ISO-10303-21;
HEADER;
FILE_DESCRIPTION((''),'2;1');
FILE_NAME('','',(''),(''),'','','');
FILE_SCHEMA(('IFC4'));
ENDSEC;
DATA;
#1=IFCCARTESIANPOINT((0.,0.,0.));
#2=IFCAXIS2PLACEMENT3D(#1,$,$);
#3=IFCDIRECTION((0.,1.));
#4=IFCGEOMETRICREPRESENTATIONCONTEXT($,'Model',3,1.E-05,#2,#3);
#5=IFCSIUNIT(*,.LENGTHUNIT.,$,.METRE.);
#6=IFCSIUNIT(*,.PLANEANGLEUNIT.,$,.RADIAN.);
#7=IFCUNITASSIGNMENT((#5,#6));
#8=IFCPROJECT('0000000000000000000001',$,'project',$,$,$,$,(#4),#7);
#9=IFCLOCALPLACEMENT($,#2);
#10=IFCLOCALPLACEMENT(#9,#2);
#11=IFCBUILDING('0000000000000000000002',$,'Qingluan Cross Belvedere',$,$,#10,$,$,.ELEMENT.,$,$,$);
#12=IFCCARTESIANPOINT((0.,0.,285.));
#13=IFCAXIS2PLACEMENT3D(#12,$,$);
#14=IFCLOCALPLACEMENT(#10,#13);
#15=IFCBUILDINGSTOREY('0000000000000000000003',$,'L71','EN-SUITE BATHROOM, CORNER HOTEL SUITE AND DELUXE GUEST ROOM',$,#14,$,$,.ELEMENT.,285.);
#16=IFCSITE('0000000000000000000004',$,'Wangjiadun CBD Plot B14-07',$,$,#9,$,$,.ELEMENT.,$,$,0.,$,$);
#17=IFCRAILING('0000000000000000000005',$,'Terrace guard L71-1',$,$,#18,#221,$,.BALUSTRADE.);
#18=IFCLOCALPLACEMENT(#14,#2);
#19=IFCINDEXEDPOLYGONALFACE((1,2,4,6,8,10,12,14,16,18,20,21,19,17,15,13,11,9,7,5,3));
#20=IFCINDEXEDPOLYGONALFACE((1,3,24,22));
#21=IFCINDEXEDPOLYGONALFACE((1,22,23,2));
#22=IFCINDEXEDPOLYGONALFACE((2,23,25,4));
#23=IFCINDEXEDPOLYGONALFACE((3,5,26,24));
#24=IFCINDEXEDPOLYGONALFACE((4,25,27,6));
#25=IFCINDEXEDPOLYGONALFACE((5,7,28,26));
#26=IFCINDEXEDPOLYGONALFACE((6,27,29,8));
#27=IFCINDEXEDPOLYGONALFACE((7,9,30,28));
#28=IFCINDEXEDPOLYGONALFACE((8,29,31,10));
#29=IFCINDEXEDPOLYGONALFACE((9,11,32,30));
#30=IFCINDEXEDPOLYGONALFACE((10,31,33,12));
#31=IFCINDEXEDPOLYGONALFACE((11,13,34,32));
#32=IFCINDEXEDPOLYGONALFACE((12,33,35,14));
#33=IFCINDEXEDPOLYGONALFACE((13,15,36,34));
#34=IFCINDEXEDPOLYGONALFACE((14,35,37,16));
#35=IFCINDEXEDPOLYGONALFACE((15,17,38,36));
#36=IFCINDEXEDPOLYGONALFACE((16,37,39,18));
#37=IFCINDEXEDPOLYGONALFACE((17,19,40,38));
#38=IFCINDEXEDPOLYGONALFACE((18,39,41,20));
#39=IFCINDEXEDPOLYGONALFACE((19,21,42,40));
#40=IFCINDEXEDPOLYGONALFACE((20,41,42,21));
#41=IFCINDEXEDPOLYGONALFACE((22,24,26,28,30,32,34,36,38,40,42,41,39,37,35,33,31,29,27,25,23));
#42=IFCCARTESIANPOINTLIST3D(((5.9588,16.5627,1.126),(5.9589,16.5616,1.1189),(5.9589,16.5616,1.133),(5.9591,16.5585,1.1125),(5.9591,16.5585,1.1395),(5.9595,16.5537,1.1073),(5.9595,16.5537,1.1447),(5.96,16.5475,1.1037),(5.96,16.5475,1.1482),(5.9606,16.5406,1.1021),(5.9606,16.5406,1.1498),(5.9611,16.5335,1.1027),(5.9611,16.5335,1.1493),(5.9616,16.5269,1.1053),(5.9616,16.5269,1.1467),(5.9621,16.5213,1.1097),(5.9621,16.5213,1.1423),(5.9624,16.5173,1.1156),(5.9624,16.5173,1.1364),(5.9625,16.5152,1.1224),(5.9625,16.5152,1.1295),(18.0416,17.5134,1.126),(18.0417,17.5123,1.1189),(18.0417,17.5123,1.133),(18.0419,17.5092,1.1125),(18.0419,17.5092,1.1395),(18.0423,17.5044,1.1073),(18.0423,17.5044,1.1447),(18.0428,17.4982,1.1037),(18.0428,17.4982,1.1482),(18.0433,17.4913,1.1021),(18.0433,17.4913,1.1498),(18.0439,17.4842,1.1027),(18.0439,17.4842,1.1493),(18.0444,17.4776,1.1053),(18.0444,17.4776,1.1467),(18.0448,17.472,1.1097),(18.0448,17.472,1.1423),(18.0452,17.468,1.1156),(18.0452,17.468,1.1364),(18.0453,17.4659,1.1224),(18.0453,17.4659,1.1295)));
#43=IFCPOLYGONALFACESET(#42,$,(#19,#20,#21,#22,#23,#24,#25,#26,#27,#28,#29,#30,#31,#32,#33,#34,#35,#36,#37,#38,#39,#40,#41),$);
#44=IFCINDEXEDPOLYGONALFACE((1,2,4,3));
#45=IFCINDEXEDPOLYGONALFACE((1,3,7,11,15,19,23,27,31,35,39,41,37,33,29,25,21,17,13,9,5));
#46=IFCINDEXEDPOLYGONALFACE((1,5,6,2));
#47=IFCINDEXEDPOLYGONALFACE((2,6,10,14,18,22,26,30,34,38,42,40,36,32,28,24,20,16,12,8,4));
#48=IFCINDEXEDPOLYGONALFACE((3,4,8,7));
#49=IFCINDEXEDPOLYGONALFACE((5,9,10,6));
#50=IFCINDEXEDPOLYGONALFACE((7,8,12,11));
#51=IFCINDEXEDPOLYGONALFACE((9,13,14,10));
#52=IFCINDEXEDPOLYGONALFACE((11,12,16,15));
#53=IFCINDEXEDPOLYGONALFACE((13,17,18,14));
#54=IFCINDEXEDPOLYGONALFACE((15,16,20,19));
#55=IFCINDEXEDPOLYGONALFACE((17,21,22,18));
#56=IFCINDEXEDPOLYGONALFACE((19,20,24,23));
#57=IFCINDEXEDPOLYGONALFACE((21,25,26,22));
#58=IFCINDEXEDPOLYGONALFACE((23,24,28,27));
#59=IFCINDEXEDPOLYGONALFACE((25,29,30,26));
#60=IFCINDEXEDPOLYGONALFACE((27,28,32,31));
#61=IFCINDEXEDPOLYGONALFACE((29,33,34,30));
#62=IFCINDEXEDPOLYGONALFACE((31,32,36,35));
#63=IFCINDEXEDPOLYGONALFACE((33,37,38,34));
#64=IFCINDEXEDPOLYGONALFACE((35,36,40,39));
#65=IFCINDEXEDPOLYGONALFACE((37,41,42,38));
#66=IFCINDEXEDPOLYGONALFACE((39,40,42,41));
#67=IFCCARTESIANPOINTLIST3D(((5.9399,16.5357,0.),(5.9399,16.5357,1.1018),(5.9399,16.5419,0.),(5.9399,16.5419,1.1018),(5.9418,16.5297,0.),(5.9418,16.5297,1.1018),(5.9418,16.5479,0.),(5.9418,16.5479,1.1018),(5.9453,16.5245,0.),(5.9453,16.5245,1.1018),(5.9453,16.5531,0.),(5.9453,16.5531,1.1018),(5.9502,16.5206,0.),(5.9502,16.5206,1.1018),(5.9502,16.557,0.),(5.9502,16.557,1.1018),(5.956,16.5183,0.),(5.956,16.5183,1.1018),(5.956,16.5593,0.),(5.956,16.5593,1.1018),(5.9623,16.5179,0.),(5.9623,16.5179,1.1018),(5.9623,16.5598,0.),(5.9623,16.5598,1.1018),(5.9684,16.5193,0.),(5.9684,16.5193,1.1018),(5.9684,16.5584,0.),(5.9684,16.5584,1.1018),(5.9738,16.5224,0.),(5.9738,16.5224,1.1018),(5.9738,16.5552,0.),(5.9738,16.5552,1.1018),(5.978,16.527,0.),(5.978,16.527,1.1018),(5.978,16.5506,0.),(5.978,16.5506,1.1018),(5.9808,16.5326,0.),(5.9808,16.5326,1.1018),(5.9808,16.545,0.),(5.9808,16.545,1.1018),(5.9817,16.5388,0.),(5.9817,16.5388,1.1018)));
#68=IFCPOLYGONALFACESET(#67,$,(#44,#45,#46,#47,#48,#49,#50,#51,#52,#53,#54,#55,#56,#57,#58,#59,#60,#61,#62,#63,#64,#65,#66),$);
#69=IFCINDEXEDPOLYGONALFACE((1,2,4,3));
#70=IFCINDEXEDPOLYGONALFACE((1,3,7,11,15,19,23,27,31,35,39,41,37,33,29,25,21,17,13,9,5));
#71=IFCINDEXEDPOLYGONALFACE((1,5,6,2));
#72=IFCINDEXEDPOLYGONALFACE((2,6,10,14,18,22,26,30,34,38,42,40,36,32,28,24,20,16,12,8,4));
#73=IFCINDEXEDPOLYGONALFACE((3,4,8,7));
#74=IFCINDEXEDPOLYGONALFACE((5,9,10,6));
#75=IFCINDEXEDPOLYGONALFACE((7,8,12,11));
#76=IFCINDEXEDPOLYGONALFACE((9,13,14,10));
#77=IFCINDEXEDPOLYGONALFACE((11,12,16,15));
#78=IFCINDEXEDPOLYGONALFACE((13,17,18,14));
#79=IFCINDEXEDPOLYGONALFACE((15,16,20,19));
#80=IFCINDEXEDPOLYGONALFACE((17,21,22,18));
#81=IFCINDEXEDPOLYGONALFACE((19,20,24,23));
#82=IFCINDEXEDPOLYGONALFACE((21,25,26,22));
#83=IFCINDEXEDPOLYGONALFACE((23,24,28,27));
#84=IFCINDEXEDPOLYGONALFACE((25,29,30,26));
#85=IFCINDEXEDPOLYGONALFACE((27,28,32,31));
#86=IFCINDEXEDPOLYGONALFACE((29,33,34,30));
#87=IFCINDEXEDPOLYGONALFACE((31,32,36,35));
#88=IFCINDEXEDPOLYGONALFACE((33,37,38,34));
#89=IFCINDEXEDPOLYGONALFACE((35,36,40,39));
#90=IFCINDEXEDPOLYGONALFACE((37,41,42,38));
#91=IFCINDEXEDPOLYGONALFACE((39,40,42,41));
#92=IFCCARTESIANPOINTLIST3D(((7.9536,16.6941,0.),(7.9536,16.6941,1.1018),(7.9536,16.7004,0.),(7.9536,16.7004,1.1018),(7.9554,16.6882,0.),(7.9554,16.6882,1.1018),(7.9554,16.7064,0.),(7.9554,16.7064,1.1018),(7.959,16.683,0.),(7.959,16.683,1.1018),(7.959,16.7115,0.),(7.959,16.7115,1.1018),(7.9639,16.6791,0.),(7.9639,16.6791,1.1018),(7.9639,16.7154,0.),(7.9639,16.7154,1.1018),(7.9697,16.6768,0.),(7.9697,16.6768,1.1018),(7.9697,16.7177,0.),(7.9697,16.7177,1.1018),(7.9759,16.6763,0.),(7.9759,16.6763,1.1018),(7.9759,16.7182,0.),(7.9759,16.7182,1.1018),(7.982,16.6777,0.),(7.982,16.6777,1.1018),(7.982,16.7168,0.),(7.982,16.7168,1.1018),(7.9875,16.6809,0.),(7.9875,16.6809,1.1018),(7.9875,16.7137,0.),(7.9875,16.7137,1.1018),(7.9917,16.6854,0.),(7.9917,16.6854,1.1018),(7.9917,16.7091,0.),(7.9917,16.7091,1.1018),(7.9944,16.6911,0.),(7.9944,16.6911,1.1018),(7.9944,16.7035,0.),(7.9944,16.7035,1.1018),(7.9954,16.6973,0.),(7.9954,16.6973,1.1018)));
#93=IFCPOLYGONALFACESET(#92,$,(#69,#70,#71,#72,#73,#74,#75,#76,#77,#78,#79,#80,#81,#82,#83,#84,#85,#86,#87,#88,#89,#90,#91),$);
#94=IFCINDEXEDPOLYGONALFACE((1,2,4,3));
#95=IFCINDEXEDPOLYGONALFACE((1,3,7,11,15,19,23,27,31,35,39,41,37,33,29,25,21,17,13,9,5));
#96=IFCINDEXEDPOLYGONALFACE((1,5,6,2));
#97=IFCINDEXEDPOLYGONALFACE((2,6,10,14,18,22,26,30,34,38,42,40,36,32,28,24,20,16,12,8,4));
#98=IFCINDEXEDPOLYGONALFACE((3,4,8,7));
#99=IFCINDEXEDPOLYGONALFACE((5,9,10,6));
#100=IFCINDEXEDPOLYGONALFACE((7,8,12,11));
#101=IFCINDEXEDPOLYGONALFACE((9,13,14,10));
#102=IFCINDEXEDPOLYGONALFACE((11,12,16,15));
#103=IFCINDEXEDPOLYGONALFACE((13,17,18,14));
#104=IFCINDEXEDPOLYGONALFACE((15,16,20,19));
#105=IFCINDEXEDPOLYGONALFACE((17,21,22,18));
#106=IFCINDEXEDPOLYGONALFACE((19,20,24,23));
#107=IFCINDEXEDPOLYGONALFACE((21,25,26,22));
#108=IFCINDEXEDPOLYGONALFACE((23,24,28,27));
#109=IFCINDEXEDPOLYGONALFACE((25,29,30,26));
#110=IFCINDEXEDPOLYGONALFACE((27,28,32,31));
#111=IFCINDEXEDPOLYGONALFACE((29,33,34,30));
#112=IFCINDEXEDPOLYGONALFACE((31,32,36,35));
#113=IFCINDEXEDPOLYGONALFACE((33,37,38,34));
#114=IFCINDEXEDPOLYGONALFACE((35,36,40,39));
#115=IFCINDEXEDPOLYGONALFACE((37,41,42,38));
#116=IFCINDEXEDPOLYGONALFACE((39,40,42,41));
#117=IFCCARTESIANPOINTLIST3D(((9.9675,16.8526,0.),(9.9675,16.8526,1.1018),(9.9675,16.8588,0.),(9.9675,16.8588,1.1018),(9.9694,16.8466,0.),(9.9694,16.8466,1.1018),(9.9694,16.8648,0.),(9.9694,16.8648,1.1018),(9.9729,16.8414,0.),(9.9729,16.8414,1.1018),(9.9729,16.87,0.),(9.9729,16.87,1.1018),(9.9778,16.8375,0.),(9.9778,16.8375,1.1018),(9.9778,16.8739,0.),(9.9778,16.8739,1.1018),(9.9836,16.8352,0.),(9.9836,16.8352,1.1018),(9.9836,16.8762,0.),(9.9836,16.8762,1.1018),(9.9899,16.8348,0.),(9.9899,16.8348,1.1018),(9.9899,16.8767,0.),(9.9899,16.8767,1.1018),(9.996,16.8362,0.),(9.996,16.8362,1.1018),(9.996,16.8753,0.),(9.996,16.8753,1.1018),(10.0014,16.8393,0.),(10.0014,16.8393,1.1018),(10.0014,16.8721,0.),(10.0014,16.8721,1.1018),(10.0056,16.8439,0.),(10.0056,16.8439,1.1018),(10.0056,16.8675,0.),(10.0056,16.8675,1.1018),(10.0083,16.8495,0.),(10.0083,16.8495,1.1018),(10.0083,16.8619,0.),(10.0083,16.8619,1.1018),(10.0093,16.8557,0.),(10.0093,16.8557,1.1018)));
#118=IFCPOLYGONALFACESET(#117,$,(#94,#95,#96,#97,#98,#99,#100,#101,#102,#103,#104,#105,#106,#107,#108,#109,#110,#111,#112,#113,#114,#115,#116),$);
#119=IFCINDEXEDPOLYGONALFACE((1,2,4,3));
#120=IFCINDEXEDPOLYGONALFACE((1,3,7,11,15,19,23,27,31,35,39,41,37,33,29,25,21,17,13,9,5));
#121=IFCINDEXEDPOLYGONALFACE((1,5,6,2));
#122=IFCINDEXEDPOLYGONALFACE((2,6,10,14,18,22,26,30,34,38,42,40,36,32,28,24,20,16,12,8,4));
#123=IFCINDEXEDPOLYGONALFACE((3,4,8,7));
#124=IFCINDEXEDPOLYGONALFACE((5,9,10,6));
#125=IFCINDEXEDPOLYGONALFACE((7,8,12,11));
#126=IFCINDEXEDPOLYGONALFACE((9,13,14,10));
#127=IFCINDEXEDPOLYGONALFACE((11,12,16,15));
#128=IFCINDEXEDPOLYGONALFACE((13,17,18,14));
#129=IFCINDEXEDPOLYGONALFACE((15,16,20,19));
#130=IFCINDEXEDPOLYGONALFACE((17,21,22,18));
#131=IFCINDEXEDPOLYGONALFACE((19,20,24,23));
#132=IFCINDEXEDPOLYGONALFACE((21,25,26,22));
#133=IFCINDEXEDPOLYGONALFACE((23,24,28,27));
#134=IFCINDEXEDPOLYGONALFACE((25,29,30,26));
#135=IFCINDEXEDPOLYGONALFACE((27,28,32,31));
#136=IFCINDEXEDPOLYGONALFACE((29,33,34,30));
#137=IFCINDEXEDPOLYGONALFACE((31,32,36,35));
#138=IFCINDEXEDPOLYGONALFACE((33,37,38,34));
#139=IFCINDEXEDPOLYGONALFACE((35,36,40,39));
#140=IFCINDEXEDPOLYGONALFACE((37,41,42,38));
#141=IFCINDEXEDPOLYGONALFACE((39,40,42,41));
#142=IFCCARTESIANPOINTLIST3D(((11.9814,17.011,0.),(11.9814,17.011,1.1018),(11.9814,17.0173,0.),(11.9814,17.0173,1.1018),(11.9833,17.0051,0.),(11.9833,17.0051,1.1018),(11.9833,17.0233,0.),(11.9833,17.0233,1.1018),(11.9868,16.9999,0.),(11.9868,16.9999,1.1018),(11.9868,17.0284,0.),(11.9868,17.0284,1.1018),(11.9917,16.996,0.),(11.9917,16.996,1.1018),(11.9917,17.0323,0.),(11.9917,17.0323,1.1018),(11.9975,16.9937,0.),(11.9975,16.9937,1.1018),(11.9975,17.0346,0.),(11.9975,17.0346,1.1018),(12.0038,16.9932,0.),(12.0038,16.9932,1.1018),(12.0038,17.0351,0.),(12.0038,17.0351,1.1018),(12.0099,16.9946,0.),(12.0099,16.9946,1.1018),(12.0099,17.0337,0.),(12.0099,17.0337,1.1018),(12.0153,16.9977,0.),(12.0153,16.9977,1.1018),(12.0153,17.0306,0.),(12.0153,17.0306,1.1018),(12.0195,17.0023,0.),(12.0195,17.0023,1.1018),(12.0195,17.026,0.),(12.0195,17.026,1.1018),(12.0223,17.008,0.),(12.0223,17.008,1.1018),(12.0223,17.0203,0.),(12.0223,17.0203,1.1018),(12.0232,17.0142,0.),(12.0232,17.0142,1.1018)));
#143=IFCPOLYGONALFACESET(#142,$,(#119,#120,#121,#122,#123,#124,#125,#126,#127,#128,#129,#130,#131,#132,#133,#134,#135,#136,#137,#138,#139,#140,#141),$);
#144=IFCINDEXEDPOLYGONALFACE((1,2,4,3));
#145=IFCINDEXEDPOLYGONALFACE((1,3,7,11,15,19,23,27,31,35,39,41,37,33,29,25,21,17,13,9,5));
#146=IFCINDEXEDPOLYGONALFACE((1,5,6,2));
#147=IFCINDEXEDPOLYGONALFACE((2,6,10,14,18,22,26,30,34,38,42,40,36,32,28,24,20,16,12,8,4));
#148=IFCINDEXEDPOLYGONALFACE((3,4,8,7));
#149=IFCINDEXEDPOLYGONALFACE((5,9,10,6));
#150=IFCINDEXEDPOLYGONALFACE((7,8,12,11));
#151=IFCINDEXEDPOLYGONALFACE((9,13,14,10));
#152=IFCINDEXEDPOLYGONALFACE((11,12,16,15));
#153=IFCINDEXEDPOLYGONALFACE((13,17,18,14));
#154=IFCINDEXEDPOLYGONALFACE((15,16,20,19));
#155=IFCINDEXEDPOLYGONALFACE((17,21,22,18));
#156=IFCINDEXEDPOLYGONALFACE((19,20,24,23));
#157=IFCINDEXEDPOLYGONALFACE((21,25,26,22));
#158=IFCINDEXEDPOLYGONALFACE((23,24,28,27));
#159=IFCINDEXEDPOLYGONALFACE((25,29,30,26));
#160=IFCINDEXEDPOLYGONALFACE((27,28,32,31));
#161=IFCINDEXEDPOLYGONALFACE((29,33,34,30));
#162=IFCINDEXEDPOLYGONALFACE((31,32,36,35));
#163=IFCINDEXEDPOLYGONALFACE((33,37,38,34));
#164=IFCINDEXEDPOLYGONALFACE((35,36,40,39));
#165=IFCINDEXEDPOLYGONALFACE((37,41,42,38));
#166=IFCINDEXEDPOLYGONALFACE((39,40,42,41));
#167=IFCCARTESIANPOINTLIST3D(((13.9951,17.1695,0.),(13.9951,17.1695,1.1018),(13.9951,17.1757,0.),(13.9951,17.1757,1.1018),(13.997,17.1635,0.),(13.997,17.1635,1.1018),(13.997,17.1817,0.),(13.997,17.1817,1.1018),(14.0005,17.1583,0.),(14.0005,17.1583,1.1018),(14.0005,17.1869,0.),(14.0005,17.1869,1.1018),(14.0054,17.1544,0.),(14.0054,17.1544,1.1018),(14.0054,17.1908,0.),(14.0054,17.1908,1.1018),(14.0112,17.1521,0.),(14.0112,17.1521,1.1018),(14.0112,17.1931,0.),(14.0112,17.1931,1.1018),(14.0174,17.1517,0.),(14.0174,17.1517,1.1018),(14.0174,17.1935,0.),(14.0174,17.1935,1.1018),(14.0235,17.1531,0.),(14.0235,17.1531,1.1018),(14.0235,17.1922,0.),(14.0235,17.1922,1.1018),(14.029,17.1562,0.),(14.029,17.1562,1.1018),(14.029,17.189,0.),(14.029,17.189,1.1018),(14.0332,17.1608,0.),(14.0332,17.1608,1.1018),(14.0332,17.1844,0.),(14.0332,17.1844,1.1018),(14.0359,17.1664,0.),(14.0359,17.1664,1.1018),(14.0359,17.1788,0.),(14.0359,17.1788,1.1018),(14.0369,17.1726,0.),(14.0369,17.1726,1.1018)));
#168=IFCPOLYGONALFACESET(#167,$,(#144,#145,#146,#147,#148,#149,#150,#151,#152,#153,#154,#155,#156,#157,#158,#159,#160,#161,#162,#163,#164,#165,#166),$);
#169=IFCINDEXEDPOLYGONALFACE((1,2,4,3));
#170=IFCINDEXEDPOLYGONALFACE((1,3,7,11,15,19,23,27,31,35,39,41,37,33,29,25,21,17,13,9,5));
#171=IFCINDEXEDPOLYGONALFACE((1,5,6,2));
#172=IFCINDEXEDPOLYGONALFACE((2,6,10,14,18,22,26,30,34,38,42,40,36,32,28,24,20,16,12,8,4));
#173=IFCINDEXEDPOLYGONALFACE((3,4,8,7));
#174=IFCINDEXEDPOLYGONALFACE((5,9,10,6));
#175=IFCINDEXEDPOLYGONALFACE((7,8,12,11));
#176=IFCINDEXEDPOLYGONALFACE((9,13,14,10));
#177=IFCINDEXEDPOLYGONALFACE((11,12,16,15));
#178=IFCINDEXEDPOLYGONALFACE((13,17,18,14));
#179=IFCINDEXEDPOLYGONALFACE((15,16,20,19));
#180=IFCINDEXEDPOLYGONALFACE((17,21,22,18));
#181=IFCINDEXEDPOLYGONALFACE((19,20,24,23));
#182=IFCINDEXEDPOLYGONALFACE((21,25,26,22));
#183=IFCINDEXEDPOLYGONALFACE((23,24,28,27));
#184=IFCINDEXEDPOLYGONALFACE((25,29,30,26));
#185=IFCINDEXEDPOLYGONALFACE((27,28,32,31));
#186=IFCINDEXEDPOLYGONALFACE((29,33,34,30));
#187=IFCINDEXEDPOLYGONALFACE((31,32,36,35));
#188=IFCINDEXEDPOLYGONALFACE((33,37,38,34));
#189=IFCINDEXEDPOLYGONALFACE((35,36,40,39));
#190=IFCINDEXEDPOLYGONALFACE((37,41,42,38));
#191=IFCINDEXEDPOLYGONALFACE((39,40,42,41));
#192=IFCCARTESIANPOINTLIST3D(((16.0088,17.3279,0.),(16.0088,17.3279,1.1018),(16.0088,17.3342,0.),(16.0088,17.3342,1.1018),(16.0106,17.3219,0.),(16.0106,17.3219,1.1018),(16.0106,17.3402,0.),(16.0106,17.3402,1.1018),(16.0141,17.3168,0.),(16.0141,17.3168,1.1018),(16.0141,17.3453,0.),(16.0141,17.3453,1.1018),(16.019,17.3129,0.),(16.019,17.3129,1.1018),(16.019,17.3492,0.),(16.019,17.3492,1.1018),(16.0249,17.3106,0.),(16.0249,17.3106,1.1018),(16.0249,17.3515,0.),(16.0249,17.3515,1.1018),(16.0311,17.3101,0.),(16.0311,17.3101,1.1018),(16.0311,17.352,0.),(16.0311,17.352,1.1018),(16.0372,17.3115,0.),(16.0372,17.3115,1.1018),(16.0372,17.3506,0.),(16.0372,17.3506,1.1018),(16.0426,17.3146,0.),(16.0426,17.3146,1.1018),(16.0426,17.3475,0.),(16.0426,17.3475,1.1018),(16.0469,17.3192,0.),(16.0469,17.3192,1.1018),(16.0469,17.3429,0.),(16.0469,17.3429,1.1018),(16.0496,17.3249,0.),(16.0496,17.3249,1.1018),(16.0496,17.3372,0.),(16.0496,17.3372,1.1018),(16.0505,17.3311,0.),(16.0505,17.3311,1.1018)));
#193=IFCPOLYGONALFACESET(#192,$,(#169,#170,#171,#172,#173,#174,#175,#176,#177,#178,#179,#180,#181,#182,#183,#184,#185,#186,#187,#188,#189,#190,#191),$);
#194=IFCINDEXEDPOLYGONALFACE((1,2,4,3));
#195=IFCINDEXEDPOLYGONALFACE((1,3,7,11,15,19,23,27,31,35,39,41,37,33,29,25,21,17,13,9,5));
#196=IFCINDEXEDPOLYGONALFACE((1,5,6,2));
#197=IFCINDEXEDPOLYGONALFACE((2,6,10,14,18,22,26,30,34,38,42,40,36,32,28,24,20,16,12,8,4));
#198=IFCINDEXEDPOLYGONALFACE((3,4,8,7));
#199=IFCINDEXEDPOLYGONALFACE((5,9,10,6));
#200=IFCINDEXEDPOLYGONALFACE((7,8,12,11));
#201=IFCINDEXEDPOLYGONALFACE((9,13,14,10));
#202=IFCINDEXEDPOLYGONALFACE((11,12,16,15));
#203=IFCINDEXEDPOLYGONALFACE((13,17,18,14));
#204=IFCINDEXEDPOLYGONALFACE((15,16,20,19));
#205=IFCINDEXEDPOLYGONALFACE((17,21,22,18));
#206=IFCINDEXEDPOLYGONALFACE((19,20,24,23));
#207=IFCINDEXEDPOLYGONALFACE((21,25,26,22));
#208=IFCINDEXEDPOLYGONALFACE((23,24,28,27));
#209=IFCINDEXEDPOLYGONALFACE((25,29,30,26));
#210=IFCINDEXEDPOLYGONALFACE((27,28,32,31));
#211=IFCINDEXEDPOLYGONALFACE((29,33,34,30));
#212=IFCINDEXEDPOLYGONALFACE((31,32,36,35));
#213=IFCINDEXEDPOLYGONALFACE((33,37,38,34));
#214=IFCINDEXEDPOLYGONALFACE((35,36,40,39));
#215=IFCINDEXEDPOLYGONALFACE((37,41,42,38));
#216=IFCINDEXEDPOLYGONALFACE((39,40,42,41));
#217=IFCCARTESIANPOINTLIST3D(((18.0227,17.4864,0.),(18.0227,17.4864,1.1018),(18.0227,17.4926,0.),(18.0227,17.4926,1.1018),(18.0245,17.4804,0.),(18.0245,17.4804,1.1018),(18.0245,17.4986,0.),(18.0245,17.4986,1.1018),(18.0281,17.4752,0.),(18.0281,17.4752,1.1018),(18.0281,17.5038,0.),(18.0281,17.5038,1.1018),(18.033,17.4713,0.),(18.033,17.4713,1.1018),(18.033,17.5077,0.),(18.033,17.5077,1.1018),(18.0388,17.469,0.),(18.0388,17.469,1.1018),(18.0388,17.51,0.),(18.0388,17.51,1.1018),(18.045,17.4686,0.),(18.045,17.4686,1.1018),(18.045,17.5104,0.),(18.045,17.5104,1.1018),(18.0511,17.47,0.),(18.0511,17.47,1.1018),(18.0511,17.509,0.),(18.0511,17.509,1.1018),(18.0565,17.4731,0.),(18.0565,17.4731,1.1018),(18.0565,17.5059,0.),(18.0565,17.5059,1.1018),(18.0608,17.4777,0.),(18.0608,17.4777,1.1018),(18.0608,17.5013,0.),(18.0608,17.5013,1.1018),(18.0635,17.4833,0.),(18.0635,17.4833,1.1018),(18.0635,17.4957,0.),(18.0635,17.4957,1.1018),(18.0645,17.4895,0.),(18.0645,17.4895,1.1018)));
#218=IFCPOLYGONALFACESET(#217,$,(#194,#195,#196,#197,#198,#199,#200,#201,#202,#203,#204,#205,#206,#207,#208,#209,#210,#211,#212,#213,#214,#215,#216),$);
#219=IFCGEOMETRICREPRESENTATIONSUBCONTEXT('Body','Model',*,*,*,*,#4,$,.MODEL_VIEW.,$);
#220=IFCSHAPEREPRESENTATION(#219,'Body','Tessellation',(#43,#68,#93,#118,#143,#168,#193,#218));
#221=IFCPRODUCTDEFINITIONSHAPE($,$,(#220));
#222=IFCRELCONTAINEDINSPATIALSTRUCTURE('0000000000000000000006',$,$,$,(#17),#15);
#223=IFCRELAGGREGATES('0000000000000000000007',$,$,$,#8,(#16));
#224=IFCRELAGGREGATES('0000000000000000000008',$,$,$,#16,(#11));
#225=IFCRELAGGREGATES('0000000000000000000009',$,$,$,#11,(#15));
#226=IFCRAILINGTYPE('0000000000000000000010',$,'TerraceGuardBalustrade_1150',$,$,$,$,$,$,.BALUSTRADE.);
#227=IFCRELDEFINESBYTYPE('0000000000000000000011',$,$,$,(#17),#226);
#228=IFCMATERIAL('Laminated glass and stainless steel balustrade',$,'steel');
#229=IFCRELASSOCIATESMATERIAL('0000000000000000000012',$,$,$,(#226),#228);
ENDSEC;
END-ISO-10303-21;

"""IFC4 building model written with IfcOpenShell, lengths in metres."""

from ifc_helpers import new_model, si_unit, direction, frame, origin, origin_2d, place, context, subcontext, project, spatial, circle, extrude, material, type_object, element, save


model = new_model("IFC4")

# Units and contexts
model_context = context("Model", 3, precision=1e-05, world=origin(), true_north=direction((0.0, 1.0)))
body_context = subcontext(model_context, "Body", "Model", "MODEL_VIEW")
ifc_project = project(units=[si_unit("LENGTHUNIT", "METRE"), si_unit("PLANEANGLEUNIT", "RADIAN")], contexts=[model_context])

# Site, building, storey
site_placement = place(None, origin())
site = spatial("IfcSite", under=ifc_project, at=site_placement, Name="Wangjiadun CBD Plot B14-07", CompositionType="ELEMENT", RefElevation=0.0)
building_placement = place(site_placement, origin())
building = spatial("IfcBuilding", under=site, at=building_placement, Name="Qingluan Cross Belvedere", CompositionType="ELEMENT")
storey_placement = place(building_placement, frame((0.0, 0.0, 285.0)))
storey = spatial("IfcBuildingStorey", under=building, at=storey_placement, Name="L71", Description="EN-SUITE BATHROOM, CORNER HOTEL SUITE AND DELUXE GUEST ROOM", CompositionType="ELEMENT", Elevation=285.0)

# Railing
ifc_material_1 = material(Name="Laminated glass and stainless steel balustrade", Category="steel")
railing_type = type_object("IfcRailingType", Name="TerraceGuardBalustrade_1150", PredefinedType="BALUSTRADE", material=ifc_material_1)
railing_1_placement = place(storey_placement, frame((5.9607, 16.5388, 0.0)))
element("IfcRailing", 1, at=railing_1_placement, inside=storey, type_object=railing_type, Name="Terrace guard L71-1", PredefinedType="BALUSTRADE", context=body_context, shape_type="SweptSolid", body=[
    extrude(circle(Radius=0.0239, at=origin_2d()), frame((0.0, 0.0, 1.126), z_axis=(0.996919, 0.078439, 0.0), x_axis=(-0.078439, 0.996919, 0.0)), (0.0, 0.0, 1.0), 12.1201),
    extrude(circle(Radius=0.021, at=origin_2d()), origin(), (0.0, 0.0, 1.0), 1.1018),
    extrude(circle(Radius=0.021, at=origin_2d()), frame((2.0137, 0.1584, 0.0)), (0.0, 0.0, 1.0), 1.1018),
    extrude(circle(Radius=0.021, at=origin_2d()), frame((4.0276, 0.3169, 0.0)), (0.0, 0.0, 1.0), 1.1018),
    extrude(circle(Radius=0.021, at=origin_2d()), frame((6.0415, 0.4753, 0.0)), (0.0, 0.0, 1.0), 1.1018),
    extrude(circle(Radius=0.021, at=origin_2d()), frame((8.0552, 0.6338, 0.0)), (0.0, 0.0, 1.0), 1.1018),
    extrude(circle(Radius=0.021, at=origin_2d()), frame((10.0688, 0.7922, 0.0)), (0.0, 0.0, 1.0), 1.1018),
    extrude(circle(Radius=0.021, at=origin_2d()), frame((12.0828, 0.9507, 0.0)), (0.0, 0.0, 1.0), 1.1018),
])

save(model, "model.ifc")
